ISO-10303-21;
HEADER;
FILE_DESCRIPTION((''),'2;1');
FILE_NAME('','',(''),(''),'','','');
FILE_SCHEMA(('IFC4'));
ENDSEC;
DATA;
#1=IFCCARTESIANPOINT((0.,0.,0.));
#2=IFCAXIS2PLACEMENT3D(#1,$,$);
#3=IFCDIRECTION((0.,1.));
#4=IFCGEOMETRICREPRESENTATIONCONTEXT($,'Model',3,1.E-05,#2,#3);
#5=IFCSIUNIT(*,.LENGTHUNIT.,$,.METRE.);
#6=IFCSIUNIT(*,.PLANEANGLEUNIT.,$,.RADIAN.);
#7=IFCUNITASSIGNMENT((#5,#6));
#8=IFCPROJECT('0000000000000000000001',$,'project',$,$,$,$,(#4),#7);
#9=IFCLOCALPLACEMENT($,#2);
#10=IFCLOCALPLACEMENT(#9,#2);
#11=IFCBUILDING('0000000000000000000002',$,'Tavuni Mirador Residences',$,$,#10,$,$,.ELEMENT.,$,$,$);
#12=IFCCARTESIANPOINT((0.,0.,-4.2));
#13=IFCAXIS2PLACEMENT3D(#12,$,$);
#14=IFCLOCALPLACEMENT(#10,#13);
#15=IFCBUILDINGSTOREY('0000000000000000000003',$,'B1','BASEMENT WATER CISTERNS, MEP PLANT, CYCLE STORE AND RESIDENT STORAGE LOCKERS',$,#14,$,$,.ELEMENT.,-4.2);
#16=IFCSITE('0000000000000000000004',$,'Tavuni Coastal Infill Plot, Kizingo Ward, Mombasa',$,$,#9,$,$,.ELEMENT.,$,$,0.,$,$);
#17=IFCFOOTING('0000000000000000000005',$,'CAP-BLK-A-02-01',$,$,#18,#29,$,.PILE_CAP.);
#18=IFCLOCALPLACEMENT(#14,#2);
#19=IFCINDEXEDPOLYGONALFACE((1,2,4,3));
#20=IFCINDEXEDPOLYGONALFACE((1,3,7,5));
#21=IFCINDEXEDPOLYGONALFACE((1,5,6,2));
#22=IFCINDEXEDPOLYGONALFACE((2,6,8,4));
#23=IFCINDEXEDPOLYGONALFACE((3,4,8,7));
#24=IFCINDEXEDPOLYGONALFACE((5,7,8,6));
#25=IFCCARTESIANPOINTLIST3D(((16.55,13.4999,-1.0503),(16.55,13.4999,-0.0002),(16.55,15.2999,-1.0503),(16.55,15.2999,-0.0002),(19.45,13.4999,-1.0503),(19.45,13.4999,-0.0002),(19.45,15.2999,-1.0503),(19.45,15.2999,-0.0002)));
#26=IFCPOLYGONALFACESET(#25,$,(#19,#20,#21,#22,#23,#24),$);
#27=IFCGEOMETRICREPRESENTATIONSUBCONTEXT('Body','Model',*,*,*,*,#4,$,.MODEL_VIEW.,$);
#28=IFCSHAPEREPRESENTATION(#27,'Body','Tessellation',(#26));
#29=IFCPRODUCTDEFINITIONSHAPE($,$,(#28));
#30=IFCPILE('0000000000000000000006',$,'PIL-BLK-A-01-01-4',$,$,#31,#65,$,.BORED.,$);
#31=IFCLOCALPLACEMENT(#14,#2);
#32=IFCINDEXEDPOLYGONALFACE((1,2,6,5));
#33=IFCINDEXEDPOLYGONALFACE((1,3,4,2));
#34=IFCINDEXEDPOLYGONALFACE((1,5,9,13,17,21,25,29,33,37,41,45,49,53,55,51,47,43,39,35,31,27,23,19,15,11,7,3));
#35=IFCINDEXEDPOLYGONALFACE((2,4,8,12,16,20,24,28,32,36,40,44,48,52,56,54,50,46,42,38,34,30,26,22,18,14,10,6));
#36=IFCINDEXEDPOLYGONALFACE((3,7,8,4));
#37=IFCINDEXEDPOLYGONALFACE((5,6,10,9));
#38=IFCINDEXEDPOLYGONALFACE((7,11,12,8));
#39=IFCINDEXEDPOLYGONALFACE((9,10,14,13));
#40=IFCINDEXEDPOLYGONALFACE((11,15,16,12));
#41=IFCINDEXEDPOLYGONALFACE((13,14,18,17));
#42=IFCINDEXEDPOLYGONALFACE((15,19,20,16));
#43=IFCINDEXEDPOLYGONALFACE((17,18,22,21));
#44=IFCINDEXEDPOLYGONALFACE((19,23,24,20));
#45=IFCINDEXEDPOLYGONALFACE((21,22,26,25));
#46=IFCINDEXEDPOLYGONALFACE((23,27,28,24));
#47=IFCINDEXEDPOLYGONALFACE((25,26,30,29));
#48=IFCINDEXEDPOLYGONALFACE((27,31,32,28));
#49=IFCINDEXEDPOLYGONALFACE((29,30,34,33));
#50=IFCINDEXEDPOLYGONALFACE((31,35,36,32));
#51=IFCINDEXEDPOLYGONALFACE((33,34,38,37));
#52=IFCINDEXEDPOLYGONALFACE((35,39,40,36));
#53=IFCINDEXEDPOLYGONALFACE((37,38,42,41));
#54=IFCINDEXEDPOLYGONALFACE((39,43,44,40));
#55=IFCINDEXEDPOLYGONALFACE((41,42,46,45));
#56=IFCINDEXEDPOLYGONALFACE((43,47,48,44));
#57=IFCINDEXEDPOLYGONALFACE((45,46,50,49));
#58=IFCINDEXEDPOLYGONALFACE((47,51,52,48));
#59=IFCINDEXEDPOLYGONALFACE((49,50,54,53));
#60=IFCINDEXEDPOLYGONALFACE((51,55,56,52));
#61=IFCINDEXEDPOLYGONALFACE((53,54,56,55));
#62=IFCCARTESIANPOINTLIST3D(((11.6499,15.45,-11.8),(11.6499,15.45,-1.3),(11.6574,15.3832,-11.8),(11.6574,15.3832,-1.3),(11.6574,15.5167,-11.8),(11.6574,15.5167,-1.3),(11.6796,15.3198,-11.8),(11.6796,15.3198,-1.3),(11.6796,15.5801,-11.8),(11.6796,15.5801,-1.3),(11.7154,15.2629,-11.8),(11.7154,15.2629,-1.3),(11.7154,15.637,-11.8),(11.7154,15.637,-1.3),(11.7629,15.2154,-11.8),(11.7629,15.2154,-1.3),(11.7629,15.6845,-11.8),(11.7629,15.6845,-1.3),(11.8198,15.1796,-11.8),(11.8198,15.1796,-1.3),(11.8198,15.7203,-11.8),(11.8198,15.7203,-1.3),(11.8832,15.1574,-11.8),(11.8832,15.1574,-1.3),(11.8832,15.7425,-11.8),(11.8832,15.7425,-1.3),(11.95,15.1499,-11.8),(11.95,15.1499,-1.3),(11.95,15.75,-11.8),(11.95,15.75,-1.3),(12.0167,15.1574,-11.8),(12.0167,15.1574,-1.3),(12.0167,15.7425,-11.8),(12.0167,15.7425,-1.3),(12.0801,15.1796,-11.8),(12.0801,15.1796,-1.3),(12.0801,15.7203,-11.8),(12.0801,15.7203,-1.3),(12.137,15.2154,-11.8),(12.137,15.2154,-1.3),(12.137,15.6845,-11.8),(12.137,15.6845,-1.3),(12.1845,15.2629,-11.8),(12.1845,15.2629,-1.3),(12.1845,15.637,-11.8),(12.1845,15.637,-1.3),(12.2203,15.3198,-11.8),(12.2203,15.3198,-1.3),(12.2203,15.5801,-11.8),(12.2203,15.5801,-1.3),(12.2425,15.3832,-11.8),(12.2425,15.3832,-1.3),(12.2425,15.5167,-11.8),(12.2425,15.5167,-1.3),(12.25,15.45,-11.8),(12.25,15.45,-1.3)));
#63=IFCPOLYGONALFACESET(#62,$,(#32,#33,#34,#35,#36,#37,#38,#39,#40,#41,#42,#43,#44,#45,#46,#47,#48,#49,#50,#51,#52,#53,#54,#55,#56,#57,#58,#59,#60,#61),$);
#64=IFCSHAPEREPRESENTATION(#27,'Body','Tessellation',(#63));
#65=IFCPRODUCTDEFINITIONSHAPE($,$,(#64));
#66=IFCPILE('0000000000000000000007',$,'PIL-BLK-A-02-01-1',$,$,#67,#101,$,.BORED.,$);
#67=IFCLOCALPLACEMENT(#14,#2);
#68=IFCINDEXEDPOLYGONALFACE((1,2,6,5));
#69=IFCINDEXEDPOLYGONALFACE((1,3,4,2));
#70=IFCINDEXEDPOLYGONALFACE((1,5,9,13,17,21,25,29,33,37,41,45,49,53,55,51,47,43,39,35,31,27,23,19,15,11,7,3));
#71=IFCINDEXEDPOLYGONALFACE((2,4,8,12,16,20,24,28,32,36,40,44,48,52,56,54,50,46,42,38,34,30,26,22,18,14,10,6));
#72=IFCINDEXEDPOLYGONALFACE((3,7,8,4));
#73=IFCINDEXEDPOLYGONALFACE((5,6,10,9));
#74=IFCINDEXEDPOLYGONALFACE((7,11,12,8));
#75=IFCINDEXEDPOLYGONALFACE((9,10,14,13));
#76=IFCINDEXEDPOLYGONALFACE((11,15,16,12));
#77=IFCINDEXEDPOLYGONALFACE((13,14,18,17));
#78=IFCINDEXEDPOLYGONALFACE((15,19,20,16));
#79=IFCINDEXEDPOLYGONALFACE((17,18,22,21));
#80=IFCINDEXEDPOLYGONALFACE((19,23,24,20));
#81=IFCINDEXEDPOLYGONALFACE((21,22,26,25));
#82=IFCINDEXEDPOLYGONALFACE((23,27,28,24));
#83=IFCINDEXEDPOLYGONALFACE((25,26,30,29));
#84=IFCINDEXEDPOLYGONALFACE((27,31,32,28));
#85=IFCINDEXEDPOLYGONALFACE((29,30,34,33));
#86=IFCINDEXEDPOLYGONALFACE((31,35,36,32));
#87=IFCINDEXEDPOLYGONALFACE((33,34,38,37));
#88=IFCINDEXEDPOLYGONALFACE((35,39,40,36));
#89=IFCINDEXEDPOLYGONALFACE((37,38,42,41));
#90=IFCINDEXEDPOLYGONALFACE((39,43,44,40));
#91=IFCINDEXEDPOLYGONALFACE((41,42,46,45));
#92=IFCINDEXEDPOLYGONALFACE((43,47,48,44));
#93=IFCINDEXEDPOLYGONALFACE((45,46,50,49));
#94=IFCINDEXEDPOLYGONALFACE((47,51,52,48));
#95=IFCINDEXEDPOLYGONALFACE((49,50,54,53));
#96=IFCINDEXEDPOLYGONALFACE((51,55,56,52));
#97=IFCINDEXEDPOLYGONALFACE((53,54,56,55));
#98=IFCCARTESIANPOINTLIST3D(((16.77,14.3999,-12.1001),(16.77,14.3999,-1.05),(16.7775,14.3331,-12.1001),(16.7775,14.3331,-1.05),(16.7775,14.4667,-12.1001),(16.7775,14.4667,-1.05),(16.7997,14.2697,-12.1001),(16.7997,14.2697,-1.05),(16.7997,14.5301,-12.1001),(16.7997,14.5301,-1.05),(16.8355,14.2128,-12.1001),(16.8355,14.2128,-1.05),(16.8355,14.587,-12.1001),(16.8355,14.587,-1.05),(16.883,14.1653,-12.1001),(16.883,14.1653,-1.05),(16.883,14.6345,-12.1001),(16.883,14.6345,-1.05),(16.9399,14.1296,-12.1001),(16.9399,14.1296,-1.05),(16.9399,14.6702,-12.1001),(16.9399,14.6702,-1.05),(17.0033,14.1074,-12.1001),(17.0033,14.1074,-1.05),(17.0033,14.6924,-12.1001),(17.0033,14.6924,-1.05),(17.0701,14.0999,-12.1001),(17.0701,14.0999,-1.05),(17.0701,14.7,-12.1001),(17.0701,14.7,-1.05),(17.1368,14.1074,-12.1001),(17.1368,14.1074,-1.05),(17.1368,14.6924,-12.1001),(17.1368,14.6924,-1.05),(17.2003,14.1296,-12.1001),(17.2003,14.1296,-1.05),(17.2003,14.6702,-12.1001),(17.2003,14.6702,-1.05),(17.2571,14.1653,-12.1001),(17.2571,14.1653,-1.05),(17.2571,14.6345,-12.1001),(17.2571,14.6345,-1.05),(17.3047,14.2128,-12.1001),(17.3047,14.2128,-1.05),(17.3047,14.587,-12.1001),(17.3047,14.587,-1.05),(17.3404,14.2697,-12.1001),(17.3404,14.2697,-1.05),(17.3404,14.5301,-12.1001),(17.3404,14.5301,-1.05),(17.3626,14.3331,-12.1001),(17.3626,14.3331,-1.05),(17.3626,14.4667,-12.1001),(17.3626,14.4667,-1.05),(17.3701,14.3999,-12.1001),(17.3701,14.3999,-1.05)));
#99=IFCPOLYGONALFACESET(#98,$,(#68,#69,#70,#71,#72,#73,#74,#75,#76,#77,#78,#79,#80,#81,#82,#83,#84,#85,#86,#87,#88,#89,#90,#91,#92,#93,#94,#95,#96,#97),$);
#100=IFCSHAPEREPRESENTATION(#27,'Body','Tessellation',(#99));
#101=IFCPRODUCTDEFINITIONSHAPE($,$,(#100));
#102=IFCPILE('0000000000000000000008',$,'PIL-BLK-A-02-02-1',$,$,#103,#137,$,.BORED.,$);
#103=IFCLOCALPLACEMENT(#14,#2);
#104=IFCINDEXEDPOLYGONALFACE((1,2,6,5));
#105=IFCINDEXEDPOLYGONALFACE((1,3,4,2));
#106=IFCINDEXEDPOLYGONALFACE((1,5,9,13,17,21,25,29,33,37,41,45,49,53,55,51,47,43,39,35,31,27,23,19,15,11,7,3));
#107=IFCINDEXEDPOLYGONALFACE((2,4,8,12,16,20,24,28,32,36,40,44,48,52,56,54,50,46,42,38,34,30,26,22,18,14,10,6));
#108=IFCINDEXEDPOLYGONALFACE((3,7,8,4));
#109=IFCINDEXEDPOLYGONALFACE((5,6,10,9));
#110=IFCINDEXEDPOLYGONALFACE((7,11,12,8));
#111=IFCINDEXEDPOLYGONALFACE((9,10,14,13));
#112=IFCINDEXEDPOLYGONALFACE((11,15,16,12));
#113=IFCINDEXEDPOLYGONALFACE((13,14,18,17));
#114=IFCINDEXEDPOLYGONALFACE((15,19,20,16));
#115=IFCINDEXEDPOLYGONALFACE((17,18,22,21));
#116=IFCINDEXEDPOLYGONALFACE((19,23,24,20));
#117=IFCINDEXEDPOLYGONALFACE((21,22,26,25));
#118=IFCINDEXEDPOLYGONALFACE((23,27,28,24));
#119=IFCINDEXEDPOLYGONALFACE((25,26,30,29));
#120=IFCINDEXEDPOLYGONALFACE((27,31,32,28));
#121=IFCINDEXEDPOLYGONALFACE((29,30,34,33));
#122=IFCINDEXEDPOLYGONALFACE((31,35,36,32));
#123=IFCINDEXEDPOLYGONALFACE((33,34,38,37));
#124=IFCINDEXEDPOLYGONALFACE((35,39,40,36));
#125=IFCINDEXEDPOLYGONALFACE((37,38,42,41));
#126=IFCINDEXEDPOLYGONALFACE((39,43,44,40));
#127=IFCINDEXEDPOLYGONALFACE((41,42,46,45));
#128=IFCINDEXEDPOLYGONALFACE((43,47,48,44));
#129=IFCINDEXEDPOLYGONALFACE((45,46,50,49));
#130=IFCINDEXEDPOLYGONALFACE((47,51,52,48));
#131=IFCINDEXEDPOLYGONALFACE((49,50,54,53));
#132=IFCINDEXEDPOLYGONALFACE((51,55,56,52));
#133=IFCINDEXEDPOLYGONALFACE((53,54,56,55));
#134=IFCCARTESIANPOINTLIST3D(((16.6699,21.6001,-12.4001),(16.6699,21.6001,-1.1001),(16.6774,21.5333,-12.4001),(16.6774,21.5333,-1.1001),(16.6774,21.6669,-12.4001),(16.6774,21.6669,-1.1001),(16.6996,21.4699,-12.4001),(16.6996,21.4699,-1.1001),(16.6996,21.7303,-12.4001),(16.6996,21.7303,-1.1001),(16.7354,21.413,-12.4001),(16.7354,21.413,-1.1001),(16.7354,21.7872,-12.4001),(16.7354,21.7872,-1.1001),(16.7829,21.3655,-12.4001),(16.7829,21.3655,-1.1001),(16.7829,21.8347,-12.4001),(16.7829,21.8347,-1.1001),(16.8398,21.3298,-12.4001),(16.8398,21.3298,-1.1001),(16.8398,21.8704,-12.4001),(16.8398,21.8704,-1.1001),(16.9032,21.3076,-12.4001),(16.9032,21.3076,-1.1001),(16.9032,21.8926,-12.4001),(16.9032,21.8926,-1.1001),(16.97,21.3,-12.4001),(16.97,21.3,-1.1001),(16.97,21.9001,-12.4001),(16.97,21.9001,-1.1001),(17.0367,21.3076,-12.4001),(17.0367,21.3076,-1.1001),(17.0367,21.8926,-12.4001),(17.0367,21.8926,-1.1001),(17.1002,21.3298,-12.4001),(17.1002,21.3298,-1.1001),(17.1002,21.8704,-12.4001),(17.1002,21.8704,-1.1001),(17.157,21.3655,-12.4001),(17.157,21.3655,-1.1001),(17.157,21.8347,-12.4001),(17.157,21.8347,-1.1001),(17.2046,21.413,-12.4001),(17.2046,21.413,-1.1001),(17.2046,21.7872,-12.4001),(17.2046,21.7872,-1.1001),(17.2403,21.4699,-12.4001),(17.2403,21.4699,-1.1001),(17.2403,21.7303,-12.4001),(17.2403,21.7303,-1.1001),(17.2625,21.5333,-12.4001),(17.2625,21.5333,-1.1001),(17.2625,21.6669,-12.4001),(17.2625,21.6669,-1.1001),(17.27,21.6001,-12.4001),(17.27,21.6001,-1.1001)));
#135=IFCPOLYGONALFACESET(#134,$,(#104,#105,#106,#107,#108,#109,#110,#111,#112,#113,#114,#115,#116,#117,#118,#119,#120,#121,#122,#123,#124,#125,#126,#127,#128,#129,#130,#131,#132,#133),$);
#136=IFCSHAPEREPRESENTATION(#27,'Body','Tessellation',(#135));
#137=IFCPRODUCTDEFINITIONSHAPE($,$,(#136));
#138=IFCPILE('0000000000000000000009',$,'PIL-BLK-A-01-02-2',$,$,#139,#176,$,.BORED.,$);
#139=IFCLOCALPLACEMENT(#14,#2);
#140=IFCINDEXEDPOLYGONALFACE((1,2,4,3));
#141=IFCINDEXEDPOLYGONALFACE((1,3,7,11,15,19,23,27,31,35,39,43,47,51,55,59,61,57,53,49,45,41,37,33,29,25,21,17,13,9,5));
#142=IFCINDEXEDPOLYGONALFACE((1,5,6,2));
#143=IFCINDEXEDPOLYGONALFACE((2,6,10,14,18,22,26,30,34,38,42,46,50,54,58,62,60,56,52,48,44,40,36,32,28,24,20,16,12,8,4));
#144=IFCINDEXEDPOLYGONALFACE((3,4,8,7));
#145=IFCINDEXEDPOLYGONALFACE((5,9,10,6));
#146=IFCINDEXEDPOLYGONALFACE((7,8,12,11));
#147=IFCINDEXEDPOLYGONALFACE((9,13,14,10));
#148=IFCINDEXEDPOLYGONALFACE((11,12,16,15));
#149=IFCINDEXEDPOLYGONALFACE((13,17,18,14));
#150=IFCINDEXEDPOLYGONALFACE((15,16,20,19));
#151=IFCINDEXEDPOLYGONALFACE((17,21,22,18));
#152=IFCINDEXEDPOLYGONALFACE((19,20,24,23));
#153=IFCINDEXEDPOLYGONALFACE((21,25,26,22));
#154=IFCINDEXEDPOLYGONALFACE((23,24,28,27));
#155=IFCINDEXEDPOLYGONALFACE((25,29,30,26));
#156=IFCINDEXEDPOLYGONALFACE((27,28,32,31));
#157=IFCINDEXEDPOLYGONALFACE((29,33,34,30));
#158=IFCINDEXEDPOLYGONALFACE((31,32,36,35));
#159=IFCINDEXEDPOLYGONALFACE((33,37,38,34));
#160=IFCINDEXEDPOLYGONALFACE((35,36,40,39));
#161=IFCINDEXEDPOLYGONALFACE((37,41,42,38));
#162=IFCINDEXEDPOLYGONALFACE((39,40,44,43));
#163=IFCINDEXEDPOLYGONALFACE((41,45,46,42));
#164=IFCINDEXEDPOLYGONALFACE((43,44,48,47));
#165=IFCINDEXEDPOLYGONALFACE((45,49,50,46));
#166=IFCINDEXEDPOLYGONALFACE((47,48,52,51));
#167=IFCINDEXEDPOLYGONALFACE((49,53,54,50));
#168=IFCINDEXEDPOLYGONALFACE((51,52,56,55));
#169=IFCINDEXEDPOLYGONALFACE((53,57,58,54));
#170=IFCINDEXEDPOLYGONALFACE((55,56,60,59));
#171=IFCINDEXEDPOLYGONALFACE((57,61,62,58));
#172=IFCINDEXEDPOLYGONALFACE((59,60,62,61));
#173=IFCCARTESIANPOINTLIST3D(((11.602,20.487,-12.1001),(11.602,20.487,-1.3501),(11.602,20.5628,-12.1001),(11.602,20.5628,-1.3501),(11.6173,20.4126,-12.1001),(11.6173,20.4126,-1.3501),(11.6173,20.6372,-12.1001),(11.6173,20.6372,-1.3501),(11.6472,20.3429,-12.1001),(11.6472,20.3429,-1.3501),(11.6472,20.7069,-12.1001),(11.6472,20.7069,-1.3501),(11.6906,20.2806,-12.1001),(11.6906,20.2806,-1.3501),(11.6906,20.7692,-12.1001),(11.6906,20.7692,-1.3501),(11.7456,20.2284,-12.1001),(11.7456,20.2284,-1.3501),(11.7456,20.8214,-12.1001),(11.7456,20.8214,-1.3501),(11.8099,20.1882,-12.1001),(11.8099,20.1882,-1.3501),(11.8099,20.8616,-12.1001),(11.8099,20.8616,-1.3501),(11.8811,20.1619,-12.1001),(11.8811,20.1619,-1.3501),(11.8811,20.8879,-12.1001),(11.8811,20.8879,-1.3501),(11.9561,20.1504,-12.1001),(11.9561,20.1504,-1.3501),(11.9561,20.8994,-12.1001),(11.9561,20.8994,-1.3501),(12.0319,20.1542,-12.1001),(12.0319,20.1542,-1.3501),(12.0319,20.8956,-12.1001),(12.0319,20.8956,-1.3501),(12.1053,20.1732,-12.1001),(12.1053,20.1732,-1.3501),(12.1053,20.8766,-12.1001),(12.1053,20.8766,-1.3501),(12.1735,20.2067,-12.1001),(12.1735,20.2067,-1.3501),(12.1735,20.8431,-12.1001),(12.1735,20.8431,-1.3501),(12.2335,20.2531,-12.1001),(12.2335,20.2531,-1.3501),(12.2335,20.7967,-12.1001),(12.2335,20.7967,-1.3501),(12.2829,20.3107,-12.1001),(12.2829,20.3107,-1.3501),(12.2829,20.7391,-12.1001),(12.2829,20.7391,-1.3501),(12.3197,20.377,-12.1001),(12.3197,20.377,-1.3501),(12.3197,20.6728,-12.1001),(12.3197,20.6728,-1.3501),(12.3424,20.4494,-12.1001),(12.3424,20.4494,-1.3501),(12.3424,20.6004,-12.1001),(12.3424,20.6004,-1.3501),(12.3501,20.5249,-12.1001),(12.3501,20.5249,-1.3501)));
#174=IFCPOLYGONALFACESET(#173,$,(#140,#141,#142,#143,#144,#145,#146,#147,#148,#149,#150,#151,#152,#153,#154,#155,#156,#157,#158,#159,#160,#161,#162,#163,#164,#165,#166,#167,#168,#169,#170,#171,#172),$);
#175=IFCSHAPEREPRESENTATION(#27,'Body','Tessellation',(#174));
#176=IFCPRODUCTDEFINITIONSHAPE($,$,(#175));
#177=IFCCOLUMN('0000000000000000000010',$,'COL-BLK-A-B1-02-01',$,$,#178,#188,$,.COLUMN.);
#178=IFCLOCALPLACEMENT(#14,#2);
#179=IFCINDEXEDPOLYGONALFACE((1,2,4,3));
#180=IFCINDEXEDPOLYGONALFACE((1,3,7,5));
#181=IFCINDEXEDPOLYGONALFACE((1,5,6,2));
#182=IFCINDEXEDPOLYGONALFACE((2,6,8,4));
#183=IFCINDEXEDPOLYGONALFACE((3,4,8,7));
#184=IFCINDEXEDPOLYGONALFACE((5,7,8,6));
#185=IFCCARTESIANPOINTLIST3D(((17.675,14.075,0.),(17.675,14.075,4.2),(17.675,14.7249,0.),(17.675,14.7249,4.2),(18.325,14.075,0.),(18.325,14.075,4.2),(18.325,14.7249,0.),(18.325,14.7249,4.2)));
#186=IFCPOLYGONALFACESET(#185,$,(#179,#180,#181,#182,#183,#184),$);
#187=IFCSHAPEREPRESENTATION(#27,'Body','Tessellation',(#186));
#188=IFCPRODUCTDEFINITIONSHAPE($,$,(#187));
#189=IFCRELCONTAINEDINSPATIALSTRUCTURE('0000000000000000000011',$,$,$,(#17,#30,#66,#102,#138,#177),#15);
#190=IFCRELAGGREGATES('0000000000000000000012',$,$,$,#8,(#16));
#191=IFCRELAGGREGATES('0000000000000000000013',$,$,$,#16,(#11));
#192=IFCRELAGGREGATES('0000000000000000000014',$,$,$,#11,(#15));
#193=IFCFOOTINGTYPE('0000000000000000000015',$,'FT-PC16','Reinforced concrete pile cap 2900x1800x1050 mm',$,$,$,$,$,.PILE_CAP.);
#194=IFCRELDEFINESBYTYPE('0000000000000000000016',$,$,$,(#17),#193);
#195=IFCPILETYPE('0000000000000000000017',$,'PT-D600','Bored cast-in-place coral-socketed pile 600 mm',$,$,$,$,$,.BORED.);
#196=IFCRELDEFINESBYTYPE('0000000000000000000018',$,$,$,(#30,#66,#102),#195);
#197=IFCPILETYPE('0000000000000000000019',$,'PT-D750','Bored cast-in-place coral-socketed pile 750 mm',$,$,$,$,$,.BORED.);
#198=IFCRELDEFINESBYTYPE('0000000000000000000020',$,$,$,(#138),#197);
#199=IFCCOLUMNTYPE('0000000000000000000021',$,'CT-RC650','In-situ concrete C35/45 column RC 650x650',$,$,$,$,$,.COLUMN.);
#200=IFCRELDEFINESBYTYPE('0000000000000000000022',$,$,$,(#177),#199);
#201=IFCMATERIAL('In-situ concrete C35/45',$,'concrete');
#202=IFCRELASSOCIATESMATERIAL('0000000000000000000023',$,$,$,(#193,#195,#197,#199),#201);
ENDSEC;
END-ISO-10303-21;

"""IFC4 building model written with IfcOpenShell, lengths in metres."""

from ifc_helpers import new_model, si_unit, direction, frame, origin, origin_2d, place, context, subcontext, project, spatial, rectangle, circle, extrude, material, material_profile, profile_set, type_object, element, save


model = new_model("IFC4")

# Units and contexts
model_context = context("Model", 3, precision=1e-05, world=origin(), true_north=direction((0.0, 1.0)))
body_context = subcontext(model_context, "Body", "Model", "MODEL_VIEW")
ifc_project = project(units=[si_unit("LENGTHUNIT", "METRE"), si_unit("PLANEANGLEUNIT", "RADIAN")], contexts=[model_context])

# Site, building, storey
site_placement = place(None, origin())
site = spatial("IfcSite", under=ifc_project, at=site_placement, Name="Tavuni Coastal Infill Plot, Kizingo Ward, Mombasa", CompositionType="ELEMENT", RefElevation=0.0)
building_placement = place(site_placement, origin())
building = spatial("IfcBuilding", under=site, at=building_placement, Name="Tavuni Mirador Residences", CompositionType="ELEMENT")
storey_placement = place(building_placement, frame((0.0, 0.0, -4.2)))
storey = spatial("IfcBuildingStorey", under=building, at=storey_placement, Name="B1", Description="BASEMENT WATER CISTERNS, MEP PLANT, CYCLE STORE AND RESIDENT STORAGE LOCKERS", CompositionType="ELEMENT", Elevation=-4.2)

# Footing
ifc_material_1 = material(Name="In-situ concrete C35/45", Category="concrete")
footing_type = type_object("IfcFootingType", Name="FT-PC16", Description="Reinforced concrete pile cap 2900x1800x1050 mm", PredefinedType="PILE_CAP", material=ifc_material_1)
footing_placement = place(storey_placement, frame((18.0, 14.3999, -1.0503), z_axis=(0.0, 0.0, 1.0), x_axis=(1.0, 0.0, 0.0)))
element("IfcFooting", 1, at=footing_placement, inside=storey, type_object=footing_type, Name="CAP-BLK-A-02-01", PredefinedType="PILE_CAP", context=body_context, shape_type="SweptSolid", body=[
    extrude(rectangle(XDim=2.8999, YDim=1.8, at=origin_2d()), origin(), (0.0, 0.0, 1.0), 1.05),
])

# Piles
ifc_material_profile_1 = material_profile(ifc_material_1, circle(Radius=0.3, at=origin_2d()), Name="PILE D600", Category="concrete")
ifc_profile_set_1 = profile_set([ifc_material_profile_1], Name="In-situ concrete C35/45")
pile_type_1 = type_object("IfcPileType", Name="PT-D600", Description="Bored cast-in-place coral-socketed pile 600 mm", PredefinedType="BORED", material=ifc_profile_set_1)
pile_1_placement = place(storey_placement, frame((11.95, 15.45, -1.3), z_axis=(0.0, 0.0, -1.0), x_axis=(1.0, 0.0, 0.0)))
element("IfcPile", 2, at=pile_1_placement, inside=storey, type_object=pile_type_1, Name="PIL-BLK-A-01-01-4", PredefinedType="BORED", context=body_context, shape_type="SweptSolid", body=[
    extrude(circle(Radius=0.3, at=origin_2d()), origin(), (0.0, 0.0, 1.0), 10.5),
])
pile_2_placement = place(storey_placement, frame((17.0701, 14.3999, -1.05), z_axis=(0.0, 0.0, -1.0), x_axis=(1.0, 0.0, 0.0)))
element("IfcPile", 3, at=pile_2_placement, inside=storey, type_object=pile_type_1, Name="PIL-BLK-A-02-01-1", PredefinedType="BORED", context=body_context, shape_type="SweptSolid", body=[
    extrude(circle(Radius=0.3, at=origin_2d()), origin(), (0.0, 0.0, 1.0), 11.05),
])
pile_3_placement = place(storey_placement, frame((16.97, 21.6001, -1.1001), z_axis=(0.0, 0.0, -1.0), x_axis=(1.0, 0.0, 0.0)))
element("IfcPile", 4, at=pile_3_placement, inside=storey, type_object=pile_type_1, Name="PIL-BLK-A-02-02-1", PredefinedType="BORED", context=body_context, shape_type="SweptSolid", body=[
    extrude(circle(Radius=0.3, at=origin_2d()), origin(), (0.0, 0.0, 1.0), 11.3),
])
ifc_material_profile_2 = material_profile(ifc_material_1, circle(Radius=0.375, at=origin_2d()), Name="PILE D750", Category="concrete")
ifc_profile_set_2 = profile_set([ifc_material_profile_2], Name="In-situ concrete C35/45")
pile_type_2 = type_object("IfcPileType", Name="PT-D750", Description="Bored cast-in-place coral-socketed pile 750 mm", PredefinedType="BORED", material=ifc_profile_set_2)
pile_4_placement = place(storey_placement, frame((11.9751, 20.5249, -1.3501), z_axis=(0.0, 0.0, -1.0), x_axis=(1.0, 0.0, 0.0)))
element("IfcPile", 5, at=pile_4_placement, inside=storey, type_object=pile_type_2, Name="PIL-BLK-A-01-02-2", PredefinedType="BORED", context=body_context, shape_type="SweptSolid", body=[
    extrude(circle(Radius=0.375, at=origin_2d()), origin(), (0.0, 0.0, 1.0), 10.75),
])

# Column
ifc_material_profile_3 = material_profile(ifc_material_1, rectangle(XDim=0.6499, YDim=0.6499, at=origin_2d()), Name="RC 650x650", Category="concrete")
ifc_profile_set_3 = profile_set([ifc_material_profile_3], Name="In-situ concrete C35/45")
column_type = type_object("IfcColumnType", Name="CT-RC650", Description="In-situ concrete C35/45 column RC 650x650", PredefinedType="COLUMN", material=ifc_profile_set_3)
column_placement = place(storey_placement, frame((18.0, 14.3999, 0.0), z_axis=(0.0, 0.0, 1.0), x_axis=(1.0, 0.0, 0.0)))
element("IfcColumn", 6, at=column_placement, inside=storey, type_object=column_type, Name="COL-BLK-A-B1-02-01", PredefinedType="COLUMN", context=body_context, shape_type="SweptSolid", body=[
    extrude(rectangle(XDim=0.6499, YDim=0.6499, at=origin_2d()), origin(), (0.0, 0.0, 1.0), 4.2),
])

save(model, "model.ifc")
